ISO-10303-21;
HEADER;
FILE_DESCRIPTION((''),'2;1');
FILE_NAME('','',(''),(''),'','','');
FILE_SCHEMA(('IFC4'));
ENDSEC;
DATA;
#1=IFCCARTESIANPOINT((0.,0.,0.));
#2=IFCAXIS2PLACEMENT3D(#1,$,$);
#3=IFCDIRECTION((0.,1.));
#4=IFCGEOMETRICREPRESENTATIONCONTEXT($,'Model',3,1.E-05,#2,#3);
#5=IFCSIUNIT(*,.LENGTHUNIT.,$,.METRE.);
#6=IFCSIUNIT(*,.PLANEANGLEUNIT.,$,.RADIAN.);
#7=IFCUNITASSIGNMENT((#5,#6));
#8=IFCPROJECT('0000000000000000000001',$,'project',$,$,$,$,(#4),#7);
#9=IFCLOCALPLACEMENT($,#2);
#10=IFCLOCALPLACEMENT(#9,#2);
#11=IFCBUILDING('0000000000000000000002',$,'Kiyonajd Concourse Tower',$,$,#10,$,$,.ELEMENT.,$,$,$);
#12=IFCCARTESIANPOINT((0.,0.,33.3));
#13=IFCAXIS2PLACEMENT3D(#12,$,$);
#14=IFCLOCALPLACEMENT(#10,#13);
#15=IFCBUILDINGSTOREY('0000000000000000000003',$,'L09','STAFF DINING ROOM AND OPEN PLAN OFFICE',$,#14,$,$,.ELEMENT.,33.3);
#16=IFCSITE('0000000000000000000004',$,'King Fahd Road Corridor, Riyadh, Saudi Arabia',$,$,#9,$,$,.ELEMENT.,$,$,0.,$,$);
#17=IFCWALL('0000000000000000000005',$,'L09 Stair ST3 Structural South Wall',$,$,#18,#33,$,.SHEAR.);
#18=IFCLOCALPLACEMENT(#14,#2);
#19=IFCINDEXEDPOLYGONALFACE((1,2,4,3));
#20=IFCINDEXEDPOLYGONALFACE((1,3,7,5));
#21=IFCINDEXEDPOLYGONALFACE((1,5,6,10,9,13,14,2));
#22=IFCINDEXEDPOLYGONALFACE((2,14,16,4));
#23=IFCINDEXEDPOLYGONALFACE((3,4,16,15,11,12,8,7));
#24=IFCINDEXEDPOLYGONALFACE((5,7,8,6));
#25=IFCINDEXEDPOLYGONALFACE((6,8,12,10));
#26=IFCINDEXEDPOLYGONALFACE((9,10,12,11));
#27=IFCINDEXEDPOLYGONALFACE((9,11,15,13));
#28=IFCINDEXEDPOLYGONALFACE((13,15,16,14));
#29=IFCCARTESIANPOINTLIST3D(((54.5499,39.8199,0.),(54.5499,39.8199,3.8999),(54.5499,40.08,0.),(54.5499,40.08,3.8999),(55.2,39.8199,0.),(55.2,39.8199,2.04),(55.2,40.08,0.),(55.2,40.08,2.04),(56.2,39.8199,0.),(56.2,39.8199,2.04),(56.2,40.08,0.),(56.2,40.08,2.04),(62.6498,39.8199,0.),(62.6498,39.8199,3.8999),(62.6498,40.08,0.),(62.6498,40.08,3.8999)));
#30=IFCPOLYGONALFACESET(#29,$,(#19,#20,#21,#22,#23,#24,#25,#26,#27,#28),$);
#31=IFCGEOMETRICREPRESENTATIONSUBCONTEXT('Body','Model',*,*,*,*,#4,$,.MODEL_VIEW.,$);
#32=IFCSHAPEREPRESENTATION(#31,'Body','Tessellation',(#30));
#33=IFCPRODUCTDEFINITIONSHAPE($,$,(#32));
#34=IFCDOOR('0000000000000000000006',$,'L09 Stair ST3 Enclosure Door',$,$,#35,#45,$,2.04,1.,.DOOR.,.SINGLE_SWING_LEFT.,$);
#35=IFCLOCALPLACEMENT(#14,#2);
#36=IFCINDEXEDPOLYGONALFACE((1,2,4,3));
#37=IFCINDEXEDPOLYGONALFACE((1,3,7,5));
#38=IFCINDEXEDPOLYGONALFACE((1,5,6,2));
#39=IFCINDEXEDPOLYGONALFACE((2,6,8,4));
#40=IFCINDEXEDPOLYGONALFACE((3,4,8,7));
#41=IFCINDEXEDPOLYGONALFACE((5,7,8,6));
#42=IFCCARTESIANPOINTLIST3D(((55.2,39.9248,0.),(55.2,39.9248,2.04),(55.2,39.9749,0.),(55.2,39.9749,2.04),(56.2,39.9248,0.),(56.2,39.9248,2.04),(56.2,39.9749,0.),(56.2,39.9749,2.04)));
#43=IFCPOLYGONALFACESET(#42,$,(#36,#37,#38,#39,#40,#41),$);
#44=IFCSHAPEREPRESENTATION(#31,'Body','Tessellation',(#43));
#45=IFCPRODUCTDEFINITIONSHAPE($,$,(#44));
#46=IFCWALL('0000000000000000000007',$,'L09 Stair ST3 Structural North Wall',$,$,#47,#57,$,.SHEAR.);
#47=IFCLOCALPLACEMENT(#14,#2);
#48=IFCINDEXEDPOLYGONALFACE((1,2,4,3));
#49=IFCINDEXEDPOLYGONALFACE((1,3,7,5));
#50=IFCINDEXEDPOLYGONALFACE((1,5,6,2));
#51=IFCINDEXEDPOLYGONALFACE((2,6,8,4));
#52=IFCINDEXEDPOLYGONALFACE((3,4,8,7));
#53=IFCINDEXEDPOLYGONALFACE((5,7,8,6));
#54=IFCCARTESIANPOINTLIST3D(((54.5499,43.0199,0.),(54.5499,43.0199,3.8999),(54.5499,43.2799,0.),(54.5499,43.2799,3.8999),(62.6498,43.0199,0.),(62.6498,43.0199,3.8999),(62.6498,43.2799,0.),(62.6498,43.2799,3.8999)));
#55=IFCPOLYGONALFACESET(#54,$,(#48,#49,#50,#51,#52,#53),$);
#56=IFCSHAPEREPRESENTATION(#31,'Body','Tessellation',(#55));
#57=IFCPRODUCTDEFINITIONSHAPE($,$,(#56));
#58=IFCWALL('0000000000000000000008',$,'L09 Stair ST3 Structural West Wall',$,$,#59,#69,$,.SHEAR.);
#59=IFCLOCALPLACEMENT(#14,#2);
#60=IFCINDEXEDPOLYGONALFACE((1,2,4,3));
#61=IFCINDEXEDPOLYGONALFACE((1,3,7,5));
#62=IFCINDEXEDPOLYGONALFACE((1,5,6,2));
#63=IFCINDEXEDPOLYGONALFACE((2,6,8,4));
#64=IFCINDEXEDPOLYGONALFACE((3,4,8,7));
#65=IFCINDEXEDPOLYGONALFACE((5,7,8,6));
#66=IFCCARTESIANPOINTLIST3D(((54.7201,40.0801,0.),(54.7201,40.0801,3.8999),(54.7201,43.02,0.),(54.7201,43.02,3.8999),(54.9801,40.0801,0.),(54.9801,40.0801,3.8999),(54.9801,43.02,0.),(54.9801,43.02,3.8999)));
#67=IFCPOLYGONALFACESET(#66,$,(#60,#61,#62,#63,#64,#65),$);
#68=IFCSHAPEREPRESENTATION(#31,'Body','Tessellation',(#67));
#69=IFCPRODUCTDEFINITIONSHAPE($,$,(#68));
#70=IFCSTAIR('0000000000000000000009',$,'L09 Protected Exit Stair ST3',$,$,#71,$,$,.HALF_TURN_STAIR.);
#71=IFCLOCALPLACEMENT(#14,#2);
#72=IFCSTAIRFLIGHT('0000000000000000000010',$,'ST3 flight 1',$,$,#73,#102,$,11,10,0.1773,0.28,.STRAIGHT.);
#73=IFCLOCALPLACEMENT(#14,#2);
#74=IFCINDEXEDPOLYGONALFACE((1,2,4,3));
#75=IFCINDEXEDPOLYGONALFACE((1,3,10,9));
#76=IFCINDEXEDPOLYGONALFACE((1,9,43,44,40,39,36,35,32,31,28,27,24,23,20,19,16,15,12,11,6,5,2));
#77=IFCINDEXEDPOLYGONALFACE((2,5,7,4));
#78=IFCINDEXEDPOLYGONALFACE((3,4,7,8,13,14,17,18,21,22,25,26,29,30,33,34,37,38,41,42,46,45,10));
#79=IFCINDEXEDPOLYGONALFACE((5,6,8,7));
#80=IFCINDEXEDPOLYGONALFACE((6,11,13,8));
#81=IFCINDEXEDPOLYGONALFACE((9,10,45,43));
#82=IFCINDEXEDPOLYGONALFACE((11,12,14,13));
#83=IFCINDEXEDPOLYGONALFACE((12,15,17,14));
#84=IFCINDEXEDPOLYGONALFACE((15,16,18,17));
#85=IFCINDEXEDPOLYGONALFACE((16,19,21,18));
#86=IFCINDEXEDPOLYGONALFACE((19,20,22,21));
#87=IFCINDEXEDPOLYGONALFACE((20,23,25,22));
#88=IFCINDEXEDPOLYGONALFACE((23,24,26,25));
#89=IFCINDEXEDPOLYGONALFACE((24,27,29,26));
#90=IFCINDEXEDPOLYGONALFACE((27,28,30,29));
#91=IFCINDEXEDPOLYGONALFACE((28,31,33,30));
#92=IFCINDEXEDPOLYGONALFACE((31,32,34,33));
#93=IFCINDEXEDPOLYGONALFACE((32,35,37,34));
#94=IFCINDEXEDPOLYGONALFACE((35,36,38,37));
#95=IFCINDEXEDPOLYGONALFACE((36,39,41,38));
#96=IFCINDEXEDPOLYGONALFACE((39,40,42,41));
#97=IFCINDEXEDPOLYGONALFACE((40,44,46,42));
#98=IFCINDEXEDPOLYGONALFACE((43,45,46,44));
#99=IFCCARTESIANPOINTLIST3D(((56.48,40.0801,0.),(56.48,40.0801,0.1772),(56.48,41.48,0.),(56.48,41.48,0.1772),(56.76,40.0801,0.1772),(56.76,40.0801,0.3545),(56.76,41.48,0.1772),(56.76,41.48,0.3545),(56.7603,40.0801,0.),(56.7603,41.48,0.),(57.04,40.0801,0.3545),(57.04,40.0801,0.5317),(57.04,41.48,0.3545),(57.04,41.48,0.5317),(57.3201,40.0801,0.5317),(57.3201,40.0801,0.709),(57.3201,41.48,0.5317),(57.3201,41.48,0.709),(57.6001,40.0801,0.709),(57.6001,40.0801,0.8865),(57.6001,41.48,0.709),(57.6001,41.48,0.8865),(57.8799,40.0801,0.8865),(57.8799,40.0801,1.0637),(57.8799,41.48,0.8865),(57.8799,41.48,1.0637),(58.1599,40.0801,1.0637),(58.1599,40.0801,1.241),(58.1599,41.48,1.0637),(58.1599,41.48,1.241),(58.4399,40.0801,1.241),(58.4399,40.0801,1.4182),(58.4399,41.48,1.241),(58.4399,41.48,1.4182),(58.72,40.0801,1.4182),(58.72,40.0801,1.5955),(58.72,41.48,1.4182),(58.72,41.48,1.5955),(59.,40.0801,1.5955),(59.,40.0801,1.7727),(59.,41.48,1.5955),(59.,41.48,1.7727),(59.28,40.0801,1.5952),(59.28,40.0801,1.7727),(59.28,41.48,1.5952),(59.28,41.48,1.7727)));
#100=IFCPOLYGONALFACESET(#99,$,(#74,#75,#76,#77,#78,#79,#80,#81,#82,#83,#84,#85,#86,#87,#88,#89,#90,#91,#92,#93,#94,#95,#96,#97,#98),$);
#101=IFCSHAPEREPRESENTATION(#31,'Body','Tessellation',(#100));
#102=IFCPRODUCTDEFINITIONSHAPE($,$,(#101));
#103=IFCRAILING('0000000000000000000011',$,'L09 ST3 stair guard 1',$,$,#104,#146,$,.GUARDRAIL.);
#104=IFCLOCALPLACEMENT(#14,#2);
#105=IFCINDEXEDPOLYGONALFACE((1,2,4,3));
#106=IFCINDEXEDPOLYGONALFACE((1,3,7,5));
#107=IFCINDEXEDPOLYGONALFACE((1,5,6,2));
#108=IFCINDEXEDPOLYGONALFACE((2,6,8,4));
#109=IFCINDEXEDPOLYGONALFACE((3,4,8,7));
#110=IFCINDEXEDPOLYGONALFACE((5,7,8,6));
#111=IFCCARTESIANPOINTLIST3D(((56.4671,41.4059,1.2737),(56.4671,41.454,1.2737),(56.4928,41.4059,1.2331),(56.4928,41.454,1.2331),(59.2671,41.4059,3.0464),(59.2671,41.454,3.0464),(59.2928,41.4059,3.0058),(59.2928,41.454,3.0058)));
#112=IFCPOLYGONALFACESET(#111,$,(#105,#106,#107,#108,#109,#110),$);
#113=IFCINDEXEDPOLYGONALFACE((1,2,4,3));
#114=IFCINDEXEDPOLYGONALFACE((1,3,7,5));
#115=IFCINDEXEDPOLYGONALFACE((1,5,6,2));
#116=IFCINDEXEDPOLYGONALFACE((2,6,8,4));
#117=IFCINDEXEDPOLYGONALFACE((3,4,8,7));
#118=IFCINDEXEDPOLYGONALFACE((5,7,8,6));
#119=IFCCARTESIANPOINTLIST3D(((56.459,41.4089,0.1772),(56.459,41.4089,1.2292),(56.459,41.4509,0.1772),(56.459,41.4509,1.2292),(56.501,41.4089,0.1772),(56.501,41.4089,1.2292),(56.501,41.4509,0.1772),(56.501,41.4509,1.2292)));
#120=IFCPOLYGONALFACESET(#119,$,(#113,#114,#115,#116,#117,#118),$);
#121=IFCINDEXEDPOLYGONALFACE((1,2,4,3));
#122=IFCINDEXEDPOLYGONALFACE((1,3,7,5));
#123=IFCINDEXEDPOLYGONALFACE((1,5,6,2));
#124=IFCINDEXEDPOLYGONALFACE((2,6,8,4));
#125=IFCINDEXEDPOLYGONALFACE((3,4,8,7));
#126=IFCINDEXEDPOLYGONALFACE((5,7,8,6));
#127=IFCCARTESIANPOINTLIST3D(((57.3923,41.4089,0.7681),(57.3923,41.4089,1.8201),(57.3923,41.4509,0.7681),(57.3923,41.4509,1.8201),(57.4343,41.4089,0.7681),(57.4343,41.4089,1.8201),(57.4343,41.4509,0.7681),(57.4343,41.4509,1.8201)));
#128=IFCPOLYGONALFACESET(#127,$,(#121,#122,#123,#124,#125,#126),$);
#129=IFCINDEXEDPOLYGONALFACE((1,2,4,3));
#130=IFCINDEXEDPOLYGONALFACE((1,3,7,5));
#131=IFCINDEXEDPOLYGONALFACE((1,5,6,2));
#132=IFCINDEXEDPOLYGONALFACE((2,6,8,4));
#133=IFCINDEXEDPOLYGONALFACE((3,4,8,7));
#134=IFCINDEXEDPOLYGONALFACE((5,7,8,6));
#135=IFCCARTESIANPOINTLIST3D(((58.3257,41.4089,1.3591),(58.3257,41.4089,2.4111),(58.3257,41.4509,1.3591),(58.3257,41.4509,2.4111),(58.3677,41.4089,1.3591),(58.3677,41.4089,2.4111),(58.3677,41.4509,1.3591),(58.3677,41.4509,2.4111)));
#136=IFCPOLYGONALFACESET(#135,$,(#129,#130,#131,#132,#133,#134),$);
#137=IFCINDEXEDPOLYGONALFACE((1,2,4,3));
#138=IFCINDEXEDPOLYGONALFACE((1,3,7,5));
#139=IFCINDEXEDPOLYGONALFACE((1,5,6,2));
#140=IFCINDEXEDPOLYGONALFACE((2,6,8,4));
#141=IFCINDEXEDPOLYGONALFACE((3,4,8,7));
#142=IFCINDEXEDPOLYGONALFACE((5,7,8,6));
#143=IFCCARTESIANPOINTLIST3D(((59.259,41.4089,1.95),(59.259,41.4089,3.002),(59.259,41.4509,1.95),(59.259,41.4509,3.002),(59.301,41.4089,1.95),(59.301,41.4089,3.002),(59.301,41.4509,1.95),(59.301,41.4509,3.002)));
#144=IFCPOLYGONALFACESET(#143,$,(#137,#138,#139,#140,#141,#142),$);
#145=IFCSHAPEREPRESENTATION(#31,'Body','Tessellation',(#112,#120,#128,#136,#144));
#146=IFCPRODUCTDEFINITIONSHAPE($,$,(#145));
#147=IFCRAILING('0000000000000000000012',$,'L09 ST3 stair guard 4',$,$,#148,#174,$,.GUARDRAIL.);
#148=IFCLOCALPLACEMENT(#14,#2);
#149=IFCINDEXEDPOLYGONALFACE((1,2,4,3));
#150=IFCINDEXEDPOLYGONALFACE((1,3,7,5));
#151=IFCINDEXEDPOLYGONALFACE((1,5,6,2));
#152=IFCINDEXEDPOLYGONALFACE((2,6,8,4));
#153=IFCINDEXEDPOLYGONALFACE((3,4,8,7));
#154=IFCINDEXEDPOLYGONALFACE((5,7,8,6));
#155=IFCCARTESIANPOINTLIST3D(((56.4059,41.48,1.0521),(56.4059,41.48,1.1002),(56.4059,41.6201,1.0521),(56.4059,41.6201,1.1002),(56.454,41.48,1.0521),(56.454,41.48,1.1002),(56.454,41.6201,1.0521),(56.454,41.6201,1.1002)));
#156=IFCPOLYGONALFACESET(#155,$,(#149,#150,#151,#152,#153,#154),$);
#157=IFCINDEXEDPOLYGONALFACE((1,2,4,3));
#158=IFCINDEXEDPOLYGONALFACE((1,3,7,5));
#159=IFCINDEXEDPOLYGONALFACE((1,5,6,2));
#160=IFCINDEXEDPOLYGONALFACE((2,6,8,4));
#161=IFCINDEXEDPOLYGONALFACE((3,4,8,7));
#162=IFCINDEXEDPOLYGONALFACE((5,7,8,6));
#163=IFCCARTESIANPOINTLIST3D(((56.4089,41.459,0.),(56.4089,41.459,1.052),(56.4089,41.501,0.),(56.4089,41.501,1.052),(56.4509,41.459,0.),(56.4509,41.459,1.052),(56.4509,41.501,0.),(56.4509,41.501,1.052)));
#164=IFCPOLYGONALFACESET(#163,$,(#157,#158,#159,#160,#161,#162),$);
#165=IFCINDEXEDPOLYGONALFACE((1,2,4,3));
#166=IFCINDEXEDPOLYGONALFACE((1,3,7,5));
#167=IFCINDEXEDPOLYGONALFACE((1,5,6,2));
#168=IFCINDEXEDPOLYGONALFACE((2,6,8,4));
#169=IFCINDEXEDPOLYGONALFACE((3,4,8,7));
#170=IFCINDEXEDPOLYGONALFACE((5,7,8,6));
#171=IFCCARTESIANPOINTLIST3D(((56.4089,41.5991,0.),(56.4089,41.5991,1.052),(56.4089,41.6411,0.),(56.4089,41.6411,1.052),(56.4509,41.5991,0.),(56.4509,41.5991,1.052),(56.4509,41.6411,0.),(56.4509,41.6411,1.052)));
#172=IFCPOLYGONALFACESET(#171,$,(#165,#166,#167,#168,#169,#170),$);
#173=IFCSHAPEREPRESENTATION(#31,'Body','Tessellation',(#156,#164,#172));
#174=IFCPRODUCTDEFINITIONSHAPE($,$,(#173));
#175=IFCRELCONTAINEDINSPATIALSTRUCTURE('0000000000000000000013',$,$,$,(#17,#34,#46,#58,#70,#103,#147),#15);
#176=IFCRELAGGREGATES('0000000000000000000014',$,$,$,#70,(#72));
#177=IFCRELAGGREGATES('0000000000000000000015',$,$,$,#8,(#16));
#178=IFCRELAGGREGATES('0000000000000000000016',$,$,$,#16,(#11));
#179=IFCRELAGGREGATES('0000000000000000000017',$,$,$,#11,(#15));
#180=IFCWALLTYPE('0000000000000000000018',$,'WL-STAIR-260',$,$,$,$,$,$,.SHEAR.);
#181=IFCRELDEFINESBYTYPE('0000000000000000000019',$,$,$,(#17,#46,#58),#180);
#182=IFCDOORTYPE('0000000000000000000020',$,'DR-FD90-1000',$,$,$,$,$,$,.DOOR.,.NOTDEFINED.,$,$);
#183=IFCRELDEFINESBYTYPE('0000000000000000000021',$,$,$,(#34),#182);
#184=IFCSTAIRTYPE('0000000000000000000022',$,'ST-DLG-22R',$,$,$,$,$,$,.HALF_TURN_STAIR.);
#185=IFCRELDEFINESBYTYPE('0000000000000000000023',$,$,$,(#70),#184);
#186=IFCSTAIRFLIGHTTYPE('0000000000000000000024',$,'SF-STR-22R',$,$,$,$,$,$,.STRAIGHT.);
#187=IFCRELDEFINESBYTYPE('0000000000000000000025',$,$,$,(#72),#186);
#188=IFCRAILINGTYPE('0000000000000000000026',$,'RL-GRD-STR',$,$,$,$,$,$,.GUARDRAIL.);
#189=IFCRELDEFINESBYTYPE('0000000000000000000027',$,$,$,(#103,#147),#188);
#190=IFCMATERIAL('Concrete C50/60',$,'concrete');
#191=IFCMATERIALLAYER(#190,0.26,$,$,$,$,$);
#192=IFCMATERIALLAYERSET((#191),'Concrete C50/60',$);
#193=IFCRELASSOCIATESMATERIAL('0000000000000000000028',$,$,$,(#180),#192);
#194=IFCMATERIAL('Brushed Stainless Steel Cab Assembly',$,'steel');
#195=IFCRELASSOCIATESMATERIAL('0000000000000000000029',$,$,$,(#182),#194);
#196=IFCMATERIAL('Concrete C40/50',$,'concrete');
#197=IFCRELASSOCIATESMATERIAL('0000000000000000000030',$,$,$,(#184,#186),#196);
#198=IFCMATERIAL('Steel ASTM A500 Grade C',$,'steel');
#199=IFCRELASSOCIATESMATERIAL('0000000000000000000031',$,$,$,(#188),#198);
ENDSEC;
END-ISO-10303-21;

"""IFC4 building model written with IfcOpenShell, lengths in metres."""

from ifc_helpers import new_model, si_unit, direction, frame, frame_2d, origin, origin_2d, place, context, subcontext, project, spatial, polyline, rectangle, outline, extrude, material, layer, layer_set, type_object, element, fill, aggregate, save


model = new_model("IFC4")

# Units and contexts
model_context = context("Model", 3, precision=1e-05, world=origin(), true_north=direction((0.0, 1.0)))
body_context = subcontext(model_context, "Body", "Model", "MODEL_VIEW")
ifc_project = project(units=[si_unit("LENGTHUNIT", "METRE"), si_unit("PLANEANGLEUNIT", "RADIAN")], contexts=[model_context])

# Site, building, storey
site_placement = place(None, origin())
site = spatial("IfcSite", under=ifc_project, at=site_placement, Name="King Fahd Road Corridor, Riyadh, Saudi Arabia", CompositionType="ELEMENT", RefElevation=0.0)
building_placement = place(site_placement, origin())
building = spatial("IfcBuilding", under=site, at=building_placement, Name="Kiyonajd Concourse Tower", CompositionType="ELEMENT")
storey_placement = place(building_placement, frame((0.0, 0.0, 33.3)))
storey = spatial("IfcBuildingStorey", under=building, at=storey_placement, Name="L09", Description="STAFF DINING ROOM AND OPEN PLAN OFFICE", CompositionType="ELEMENT", Elevation=33.3)

# Shared definitions
ifc_material_1 = material(Name="Concrete C50/60", Category="concrete")

# Shared definitions
ifc_layer_1 = layer(ifc_material_1, 0.26)
ifc_layer_set_1 = layer_set([ifc_layer_1], Name="Concrete C50/60")
wall_type_1 = type_object("IfcWallType", Name="WL-STAIR-260", PredefinedType="SHEAR", material=ifc_layer_set_1)

# Wall, opening, door
wall_1_placement = place(storey_placement, frame((54.55, 39.95, 0.0), z_axis=(0.0, 0.0, 1.0), x_axis=(1.0, 0.0, 0.0)))
wall_1 = element("IfcWall", 1, at=wall_1_placement, inside=storey, type_object=wall_type_1, Name="L09 Stair ST3 Structural South Wall", PredefinedType="SHEAR", context=body_context, shape_type="SweptSolid", body=[
    extrude(rectangle(XDim=8.0999, YDim=0.26, at=frame_2d((4.0498, 0.0))), origin(), (0.0, 0.0, 1.0), 3.8999),
])
opening_1_placement = place(wall_1_placement, frame((0.6499, 0.0, 0.0)))
opening_1 = element("IfcOpeningElement", 2, at=opening_1_placement, cuts=wall_1, PredefinedType="OPENING", context=body_context, shape_type="SweptSolid", body=[
    extrude(rectangle(XDim=1.0, YDim=2.04, at=frame_2d((0.5, 1.02))), frame((0.0, 0.1399, 0.0), z_axis=(0.0, -1.0, 0.0), x_axis=(1.0, 0.0, 0.0)), (0.0, 0.0, 1.0), 0.28),
])
ifc_material_2 = material(Name="Brushed Stainless Steel Cab Assembly", Category="steel")
door_type_1 = type_object("IfcDoorType", Name="DR-FD90-1000", OperationType="NOTDEFINED", PredefinedType="DOOR", material=ifc_material_2)
door_1_placement = place(opening_1_placement, origin())
door_1 = element("IfcDoor", 3, at=door_1_placement, inside=storey, type_object=door_type_1, Name="L09 Stair ST3 Enclosure Door", OperationType="SINGLE_SWING_LEFT", OverallHeight=2.04, OverallWidth=1.0, PredefinedType="DOOR", context=body_context, shape_type="SweptSolid", body=[
    extrude(rectangle(XDim=1.0, YDim=2.04, at=frame_2d((0.5, 1.02))), frame((0.0, 0.0249, 0.0), z_axis=(0.0, -1.0, 0.0), x_axis=(1.0, 0.0, 0.0)), (0.0, 0.0, 1.0), 0.05),
])
fill(opening_1, door_1)

# Walls
wall_2_placement = place(storey_placement, frame((54.55, 43.1499, 0.0), z_axis=(0.0, 0.0, 1.0), x_axis=(1.0, 0.0, 0.0)))
element("IfcWall", 4, at=wall_2_placement, inside=storey, type_object=wall_type_1, Name="L09 Stair ST3 Structural North Wall", PredefinedType="SHEAR", context=body_context, shape_type="SweptSolid", body=[
    extrude(rectangle(XDim=8.0999, YDim=0.26, at=frame_2d((4.0498, 0.0))), origin(), (0.0, 0.0, 1.0), 3.8999),
])
wall_3_placement = place(storey_placement, frame((54.8501, 40.0801, 0.0), z_axis=(0.0, 0.0, 1.0), x_axis=(0.0, 1.0, 0.0)))
element("IfcWall", 5, at=wall_3_placement, inside=storey, type_object=wall_type_1, Name="L09 Stair ST3 Structural West Wall", PredefinedType="SHEAR", context=body_context, shape_type="SweptSolid", body=[
    extrude(rectangle(XDim=2.9399, YDim=0.26, at=frame_2d((1.47, 0.0))), origin(), (0.0, 0.0, 1.0), 3.8999),
])

# Stair, stair flight
ifc_material_3 = material(Name="Concrete C40/50", Category="concrete")
stair_type = type_object("IfcStairType", Name="ST-DLG-22R", PredefinedType="HALF_TURN_STAIR", material=ifc_material_3)
stair_placement = place(storey_placement, origin())
stair = element("IfcStair", 6, at=stair_placement, inside=storey, type_object=stair_type, Name="L09 Protected Exit Stair ST3", PredefinedType="HALF_TURN_STAIR")
stair_flight_type = type_object("IfcStairFlightType", Name="SF-STR-22R", PredefinedType="STRAIGHT", material=ifc_material_3)
stair_flight_placement = place(storey_placement, frame((56.48, 40.78, 0.0), z_axis=(0.0, 0.0, 1.0), x_axis=(1.0, 0.0, 0.0)))
stair_flight = element("IfcStairFlight", 7, at=stair_flight_placement, type_object=stair_flight_type, Name="ST3 flight 1", NumberOfRisers=11, NumberOfTreads=10, PredefinedType="STRAIGHT", RiserHeight=0.1773, TreadLength=0.28, context=body_context, shape_type="SweptSolid", body=[
    extrude(outline(polyline([(0.0, 0.0), (0.0, 0.1772), (0.28, 0.1772), (0.28, 0.3545), (0.5601, 0.3545), (0.5601, 0.5317), (0.8401, 0.5317), (0.8401, 0.709), (1.1201, 0.709), (1.1201, 0.8865), (1.3999, 0.8865), (1.3999, 1.0637), (1.6799, 1.0637), (1.6799, 1.241), (1.96, 1.241), (1.96, 1.4182), (2.24, 1.4182), (2.24, 1.5955), (2.52, 1.5955), (2.52, 1.7727), (2.8, 1.7727), (2.8, 1.95), (2.8, 1.5952), (0.2803, 0.0), (0.0, 0.0)])), frame((0.0, 0.7, 0.0), z_axis=(0.0, -1.0, 0.0), x_axis=(1.0, 0.0, 0.0)), (0.0, 0.0, 1.0), 1.3999),
])
aggregate(stair, [stair_flight])

# Railings
ifc_material_4 = material(Name="Steel ASTM A500 Grade C", Category="steel")
railing_type_1 = type_object("IfcRailingType", Name="RL-GRD-STR", PredefinedType="GUARDRAIL", material=ifc_material_4)
railing_1_placement = place(storey_placement, frame((56.48, 41.4299, 0.1772)))
element("IfcRailing", 8, at=railing_1_placement, inside=storey, type_object=railing_type_1, Name="L09 ST3 stair guard 1", PredefinedType="GUARDRAIL", context=body_context, shape_type="SweptSolid", body=[
    extrude(rectangle(XDim=0.0481, YDim=0.0481, at=origin_2d()), frame((0.0, 0.0, 1.0762), z_axis=(0.844909, 0.0, 0.53491), x_axis=(0.0, 1.0, 0.0)), (0.0, 0.0, 1.0), 3.314),
    extrude(rectangle(XDim=0.042, YDim=0.042, at=origin_2d()), origin(), (0.0, 0.0, 1.0), 1.052),
    extrude(rectangle(XDim=0.042, YDim=0.042, at=origin_2d()), frame((0.9333, 0.0, 0.5908)), (0.0, 0.0, 1.0), 1.052),
    extrude(rectangle(XDim=0.042, YDim=0.042, at=origin_2d()), frame((1.8667, 0.0, 1.1819)), (0.0, 0.0, 1.0), 1.052),
    extrude(rectangle(XDim=0.042, YDim=0.042, at=origin_2d()), frame((2.8, 0.0, 1.7727)), (0.0, 0.0, 1.0), 1.052),
])
railing_2_placement = place(storey_placement, frame((56.4299, 41.48, 0.0)))
element("IfcRailing", 9, at=railing_2_placement, inside=storey, type_object=railing_type_1, Name="L09 ST3 stair guard 4", PredefinedType="GUARDRAIL", context=body_context, shape_type="SweptSolid", body=[
    extrude(rectangle(XDim=0.0481, YDim=0.0481, at=origin_2d()), frame((0.0, 0.0, 1.0762), z_axis=(0.0, 1.0, 0.0), x_axis=(-1.0, 0.0, 0.0)), (0.0, 0.0, 1.0), 0.1401),
    extrude(rectangle(XDim=0.042, YDim=0.042, at=origin_2d()), origin(), (0.0, 0.0, 1.0), 1.052),
    extrude(rectangle(XDim=0.042, YDim=0.042, at=origin_2d()), frame((0.0, 0.1401, 0.0)), (0.0, 0.0, 1.0), 1.052),
])

save(model, "model.ifc")
